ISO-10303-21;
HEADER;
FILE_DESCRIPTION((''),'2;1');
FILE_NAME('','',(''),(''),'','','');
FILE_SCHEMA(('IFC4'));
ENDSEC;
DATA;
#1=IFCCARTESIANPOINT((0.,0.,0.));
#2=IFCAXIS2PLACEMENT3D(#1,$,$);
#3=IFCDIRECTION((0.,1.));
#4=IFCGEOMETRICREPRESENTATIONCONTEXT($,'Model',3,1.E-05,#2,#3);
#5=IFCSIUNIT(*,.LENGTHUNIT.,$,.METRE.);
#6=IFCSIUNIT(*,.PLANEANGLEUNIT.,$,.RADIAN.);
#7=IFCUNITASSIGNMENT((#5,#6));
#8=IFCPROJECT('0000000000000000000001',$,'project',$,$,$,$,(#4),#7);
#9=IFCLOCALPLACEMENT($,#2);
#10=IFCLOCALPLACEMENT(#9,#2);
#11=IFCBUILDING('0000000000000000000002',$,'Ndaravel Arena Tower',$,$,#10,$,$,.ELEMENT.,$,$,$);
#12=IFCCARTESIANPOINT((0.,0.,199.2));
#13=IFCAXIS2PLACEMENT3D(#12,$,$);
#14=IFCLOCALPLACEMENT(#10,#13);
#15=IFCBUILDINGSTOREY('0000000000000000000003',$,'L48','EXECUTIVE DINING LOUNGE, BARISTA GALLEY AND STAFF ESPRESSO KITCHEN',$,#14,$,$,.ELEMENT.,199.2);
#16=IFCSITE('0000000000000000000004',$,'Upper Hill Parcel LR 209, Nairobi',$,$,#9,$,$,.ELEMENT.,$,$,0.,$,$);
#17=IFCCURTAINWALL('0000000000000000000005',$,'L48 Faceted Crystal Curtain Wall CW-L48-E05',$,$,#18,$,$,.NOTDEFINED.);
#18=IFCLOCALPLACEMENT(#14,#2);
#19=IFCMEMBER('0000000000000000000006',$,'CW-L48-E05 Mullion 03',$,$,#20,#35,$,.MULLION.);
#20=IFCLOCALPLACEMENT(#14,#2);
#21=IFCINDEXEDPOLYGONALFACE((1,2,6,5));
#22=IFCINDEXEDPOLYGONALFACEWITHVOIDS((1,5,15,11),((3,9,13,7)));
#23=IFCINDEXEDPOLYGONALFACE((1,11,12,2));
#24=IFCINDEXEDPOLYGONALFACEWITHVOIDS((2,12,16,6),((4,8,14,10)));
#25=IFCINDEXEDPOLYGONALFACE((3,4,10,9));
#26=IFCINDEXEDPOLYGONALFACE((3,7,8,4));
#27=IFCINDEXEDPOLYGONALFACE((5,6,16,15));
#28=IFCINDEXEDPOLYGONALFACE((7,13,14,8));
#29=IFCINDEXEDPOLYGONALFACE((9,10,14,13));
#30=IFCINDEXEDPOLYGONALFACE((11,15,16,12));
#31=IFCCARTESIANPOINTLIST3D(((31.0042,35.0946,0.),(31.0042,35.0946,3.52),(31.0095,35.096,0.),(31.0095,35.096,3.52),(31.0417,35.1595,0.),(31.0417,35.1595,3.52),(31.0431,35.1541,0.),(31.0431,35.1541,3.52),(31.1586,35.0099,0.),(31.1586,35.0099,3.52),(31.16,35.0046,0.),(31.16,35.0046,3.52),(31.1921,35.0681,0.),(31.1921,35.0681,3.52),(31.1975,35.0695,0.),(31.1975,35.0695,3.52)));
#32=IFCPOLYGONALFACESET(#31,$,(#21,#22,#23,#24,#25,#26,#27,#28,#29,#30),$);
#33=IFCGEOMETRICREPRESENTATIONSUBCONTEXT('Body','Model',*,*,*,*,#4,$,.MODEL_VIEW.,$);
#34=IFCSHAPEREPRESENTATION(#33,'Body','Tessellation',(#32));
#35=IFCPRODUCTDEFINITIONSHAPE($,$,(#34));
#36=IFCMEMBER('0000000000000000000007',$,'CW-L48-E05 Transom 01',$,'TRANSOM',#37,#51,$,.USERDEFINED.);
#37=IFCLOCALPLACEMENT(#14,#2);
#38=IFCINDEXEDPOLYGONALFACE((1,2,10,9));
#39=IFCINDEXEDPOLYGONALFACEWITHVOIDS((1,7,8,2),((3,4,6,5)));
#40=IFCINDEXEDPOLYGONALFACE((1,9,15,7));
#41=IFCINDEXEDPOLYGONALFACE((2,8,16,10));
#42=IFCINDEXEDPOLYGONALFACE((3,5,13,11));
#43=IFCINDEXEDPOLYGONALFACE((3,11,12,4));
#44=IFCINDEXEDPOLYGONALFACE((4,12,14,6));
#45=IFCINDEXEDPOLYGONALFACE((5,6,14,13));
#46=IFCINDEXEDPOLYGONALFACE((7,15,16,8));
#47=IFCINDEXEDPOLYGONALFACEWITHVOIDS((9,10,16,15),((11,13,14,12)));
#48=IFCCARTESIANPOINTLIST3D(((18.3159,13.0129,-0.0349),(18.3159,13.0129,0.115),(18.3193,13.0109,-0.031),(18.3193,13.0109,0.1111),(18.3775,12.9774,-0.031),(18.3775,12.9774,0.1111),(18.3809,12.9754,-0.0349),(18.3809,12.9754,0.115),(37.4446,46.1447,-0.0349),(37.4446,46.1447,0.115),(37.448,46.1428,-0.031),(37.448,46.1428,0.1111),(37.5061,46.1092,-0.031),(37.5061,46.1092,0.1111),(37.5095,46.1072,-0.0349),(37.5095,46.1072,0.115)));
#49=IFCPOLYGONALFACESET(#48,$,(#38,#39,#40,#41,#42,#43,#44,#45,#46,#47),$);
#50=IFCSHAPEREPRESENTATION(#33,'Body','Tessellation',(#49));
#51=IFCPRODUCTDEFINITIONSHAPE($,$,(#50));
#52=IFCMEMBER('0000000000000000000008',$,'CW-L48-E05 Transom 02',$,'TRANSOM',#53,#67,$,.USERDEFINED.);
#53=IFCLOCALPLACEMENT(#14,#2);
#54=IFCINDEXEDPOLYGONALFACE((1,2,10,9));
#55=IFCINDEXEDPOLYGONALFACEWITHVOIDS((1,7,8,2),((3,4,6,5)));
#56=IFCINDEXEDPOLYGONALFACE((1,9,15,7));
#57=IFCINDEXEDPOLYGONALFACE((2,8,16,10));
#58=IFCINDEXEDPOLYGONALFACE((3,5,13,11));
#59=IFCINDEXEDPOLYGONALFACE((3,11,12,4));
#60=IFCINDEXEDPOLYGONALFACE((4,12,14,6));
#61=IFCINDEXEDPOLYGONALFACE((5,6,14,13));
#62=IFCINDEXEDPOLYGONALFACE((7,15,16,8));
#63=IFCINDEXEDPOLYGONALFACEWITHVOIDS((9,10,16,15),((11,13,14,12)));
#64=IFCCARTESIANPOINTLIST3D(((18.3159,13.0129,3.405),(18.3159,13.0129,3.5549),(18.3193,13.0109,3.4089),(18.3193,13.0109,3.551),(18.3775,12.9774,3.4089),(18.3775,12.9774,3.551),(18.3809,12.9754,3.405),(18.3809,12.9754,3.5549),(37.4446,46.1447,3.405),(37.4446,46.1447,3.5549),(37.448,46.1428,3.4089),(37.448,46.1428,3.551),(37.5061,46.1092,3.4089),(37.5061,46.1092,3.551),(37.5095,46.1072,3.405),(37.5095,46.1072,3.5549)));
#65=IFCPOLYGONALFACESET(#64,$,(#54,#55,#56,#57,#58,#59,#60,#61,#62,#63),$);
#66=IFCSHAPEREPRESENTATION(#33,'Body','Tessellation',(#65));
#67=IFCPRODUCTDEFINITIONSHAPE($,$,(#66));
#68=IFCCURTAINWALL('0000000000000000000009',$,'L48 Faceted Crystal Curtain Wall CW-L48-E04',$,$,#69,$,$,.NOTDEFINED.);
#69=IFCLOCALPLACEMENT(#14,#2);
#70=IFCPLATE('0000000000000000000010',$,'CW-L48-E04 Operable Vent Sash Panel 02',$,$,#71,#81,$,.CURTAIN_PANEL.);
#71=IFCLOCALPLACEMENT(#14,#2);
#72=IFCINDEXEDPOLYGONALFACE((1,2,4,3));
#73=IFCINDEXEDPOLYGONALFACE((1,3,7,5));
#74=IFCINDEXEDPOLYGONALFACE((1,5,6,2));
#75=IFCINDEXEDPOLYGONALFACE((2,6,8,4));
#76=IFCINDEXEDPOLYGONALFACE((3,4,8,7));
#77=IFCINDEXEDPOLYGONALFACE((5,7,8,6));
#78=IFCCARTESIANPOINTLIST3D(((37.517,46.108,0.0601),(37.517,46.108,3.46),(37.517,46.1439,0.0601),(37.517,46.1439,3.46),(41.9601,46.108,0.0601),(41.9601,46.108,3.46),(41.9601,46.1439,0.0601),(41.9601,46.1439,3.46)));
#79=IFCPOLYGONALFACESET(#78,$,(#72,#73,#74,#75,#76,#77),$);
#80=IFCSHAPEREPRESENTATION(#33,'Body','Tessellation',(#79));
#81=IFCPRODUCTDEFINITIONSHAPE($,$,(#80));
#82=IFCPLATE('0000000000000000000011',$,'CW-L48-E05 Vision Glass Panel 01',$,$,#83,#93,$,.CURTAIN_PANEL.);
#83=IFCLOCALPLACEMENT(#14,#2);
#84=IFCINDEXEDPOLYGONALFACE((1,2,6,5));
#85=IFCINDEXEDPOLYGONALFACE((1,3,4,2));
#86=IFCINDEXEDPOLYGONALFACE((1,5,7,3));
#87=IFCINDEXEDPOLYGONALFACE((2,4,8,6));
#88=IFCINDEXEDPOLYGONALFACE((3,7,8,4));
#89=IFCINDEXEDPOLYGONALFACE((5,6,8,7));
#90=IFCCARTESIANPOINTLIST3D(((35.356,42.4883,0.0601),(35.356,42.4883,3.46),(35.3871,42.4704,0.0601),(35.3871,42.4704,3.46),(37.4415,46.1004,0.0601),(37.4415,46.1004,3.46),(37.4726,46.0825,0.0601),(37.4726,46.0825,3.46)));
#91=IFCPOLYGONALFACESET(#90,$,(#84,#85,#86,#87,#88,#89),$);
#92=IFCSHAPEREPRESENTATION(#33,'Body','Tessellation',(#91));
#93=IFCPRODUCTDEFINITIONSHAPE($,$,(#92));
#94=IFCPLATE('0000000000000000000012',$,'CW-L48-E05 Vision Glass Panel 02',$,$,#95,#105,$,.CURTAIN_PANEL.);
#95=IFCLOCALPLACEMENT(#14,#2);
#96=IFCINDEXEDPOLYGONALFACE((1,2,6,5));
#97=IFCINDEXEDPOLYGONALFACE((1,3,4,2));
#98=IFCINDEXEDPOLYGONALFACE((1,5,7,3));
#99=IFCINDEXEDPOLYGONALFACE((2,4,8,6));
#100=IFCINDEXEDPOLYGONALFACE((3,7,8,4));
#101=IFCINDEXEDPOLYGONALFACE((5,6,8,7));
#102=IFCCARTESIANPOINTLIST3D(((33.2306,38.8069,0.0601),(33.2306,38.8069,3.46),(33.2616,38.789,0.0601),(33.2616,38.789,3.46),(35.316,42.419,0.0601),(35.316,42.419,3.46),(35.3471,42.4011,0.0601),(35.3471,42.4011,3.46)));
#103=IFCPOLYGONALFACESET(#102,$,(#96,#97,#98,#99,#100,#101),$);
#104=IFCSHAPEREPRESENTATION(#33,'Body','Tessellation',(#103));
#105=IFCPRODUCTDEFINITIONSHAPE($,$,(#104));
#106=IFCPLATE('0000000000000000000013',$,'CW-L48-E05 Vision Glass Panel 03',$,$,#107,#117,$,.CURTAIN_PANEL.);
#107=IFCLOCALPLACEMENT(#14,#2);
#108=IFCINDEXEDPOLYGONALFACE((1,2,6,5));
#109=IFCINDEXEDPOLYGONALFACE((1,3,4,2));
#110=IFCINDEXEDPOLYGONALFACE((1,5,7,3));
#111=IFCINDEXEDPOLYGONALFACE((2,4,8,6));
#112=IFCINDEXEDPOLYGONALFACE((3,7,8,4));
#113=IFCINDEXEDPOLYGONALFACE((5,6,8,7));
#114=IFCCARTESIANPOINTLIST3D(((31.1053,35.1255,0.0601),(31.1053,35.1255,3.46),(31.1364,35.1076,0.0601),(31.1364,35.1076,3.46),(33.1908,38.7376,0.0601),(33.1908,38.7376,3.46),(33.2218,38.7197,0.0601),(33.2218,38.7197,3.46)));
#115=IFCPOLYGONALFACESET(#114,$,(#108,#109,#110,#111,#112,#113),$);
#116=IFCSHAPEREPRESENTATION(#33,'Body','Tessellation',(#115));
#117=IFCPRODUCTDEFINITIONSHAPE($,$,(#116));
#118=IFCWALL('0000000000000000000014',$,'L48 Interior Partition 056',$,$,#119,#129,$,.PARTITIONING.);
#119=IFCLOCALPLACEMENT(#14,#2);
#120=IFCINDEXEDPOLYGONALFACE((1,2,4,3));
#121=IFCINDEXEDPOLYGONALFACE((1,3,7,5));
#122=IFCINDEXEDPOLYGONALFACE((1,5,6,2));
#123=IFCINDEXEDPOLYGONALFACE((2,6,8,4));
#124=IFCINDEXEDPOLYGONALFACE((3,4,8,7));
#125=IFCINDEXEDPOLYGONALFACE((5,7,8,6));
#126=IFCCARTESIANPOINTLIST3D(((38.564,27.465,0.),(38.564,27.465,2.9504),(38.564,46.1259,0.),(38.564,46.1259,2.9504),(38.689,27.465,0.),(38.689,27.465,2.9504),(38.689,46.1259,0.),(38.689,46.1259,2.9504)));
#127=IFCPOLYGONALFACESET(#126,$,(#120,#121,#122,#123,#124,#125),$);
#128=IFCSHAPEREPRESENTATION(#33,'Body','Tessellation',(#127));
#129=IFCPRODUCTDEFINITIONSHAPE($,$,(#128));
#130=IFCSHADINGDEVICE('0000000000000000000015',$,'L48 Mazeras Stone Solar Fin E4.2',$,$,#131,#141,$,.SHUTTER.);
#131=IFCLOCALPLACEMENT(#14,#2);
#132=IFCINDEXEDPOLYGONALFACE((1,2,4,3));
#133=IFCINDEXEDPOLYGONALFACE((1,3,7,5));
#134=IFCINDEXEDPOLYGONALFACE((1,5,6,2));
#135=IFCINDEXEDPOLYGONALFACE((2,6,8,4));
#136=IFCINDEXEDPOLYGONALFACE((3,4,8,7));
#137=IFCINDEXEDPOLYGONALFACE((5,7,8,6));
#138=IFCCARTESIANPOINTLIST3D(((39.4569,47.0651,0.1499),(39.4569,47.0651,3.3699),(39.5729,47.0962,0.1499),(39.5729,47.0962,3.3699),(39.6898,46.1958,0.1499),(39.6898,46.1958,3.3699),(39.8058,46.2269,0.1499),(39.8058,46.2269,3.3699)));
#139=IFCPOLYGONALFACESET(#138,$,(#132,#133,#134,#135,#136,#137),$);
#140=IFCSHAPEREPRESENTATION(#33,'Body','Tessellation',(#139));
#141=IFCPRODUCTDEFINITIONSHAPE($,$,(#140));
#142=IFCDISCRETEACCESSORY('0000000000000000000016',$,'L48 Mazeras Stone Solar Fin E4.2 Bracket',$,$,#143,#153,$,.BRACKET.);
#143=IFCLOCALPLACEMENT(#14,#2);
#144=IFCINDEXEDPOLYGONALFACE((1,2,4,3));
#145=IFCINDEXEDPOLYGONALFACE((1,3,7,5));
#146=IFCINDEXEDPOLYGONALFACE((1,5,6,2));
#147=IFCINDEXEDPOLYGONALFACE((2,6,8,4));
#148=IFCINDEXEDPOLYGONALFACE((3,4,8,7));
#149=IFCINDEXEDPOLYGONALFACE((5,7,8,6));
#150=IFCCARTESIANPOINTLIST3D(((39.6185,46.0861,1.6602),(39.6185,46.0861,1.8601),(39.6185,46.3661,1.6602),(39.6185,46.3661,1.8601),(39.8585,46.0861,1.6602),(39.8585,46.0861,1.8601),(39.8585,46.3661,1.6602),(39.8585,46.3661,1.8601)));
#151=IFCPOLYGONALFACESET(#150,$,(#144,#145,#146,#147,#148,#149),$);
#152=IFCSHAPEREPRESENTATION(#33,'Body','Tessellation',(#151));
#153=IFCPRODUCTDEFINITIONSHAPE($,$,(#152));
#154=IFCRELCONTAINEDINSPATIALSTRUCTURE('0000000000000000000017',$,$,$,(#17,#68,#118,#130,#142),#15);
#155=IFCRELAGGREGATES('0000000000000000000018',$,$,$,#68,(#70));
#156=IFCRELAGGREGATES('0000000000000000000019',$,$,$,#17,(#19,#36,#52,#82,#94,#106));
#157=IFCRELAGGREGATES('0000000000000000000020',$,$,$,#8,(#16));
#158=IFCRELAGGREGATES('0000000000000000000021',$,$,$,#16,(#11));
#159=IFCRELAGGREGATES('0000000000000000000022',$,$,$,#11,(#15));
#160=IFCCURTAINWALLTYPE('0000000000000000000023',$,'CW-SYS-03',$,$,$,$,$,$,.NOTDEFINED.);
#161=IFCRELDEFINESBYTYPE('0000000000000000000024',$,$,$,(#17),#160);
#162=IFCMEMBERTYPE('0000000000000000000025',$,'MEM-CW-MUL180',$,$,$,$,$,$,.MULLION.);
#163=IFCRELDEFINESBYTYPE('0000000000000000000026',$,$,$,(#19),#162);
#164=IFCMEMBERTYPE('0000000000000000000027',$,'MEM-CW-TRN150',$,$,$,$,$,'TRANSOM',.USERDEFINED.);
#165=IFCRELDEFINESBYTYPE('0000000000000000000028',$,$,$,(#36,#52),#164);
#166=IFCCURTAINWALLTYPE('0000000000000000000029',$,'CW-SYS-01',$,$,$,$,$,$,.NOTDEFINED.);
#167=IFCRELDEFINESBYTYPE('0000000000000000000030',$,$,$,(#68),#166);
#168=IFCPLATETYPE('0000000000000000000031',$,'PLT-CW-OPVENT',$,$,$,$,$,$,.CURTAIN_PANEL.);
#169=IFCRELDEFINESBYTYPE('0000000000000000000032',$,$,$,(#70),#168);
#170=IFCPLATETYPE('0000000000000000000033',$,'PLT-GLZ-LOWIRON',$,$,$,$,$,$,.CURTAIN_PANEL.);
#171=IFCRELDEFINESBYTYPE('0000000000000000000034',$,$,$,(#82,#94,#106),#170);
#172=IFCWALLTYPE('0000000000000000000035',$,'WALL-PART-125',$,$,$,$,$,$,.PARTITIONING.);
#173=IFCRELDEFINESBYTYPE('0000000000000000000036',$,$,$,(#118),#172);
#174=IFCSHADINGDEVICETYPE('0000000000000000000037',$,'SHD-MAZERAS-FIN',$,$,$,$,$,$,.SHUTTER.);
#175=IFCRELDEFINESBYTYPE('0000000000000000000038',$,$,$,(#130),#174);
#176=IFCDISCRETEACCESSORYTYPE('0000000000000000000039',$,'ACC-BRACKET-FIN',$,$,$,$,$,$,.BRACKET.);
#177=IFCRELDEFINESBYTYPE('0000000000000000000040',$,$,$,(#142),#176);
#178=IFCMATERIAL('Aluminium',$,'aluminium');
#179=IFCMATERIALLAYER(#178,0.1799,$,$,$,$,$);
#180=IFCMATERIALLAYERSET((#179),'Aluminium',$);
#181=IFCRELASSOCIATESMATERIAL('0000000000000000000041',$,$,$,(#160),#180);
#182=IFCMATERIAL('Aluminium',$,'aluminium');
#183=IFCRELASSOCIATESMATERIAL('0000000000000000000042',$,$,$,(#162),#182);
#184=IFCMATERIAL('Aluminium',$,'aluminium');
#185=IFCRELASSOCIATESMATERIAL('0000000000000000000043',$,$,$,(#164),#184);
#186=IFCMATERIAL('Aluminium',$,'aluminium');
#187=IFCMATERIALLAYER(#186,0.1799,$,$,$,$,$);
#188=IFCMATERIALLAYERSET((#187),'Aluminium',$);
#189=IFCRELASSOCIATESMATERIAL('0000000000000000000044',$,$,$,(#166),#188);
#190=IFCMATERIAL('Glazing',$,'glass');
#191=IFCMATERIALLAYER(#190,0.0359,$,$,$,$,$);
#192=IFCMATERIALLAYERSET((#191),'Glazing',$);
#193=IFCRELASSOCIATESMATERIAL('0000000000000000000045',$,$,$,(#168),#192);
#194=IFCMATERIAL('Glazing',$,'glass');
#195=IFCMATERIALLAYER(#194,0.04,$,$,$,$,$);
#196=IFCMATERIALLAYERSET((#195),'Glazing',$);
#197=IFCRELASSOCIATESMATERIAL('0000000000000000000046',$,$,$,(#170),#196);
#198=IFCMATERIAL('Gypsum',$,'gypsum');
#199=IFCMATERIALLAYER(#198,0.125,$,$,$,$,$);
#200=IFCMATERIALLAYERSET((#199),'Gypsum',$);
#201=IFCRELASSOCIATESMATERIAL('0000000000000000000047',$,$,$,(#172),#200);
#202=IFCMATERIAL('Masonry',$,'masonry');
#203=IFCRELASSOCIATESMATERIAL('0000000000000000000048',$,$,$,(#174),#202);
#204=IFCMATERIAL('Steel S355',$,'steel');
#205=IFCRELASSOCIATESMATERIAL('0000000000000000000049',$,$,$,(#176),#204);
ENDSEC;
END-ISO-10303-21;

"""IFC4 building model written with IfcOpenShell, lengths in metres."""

from ifc_helpers import new_model, si_unit, direction, frame, frame_2d, origin, origin_2d, place, context, subcontext, project, spatial, rectangle, hollow_rectangle, extrude, material, layer, layer_set, material_profile, profile_set, type_object, element, aggregate, save


model = new_model("IFC4")

# Units and contexts
model_context = context("Model", 3, precision=1e-05, world=origin(), true_north=direction((0.0, 1.0)))
body_context = subcontext(model_context, "Body", "Model", "MODEL_VIEW")
ifc_project = project(units=[si_unit("LENGTHUNIT", "METRE"), si_unit("PLANEANGLEUNIT", "RADIAN")], contexts=[model_context])

# Site, building, storey
site_placement = place(None, origin())
site = spatial("IfcSite", under=ifc_project, at=site_placement, Name="Upper Hill Parcel LR 209, Nairobi", CompositionType="ELEMENT", RefElevation=0.0)
building_placement = place(site_placement, origin())
building = spatial("IfcBuilding", under=site, at=building_placement, Name="Ndaravel Arena Tower", CompositionType="ELEMENT")
storey_placement = place(building_placement, frame((0.0, 0.0, 199.2)))
storey = spatial("IfcBuildingStorey", under=building, at=storey_placement, Name="L48", Description="EXECUTIVE DINING LOUNGE, BARISTA GALLEY AND STAFF ESPRESSO KITCHEN", CompositionType="ELEMENT", Elevation=199.2)

# Curtain wall, members
ifc_material_1 = material(Name="Aluminium", Category="aluminium")
ifc_layer_1 = layer(ifc_material_1, 0.1799)
ifc_layer_set_1 = layer_set([ifc_layer_1], Name="Aluminium")
curtain_wall_type_1 = type_object("IfcCurtainWallType", Name="CW-SYS-03", PredefinedType="NOTDEFINED", material=ifc_layer_set_1)
curtain_wall_1_placement = place(storey_placement, origin())
curtain_wall_1 = element("IfcCurtainWall", 1, at=curtain_wall_1_placement, inside=storey, type_object=curtain_wall_type_1, Name="L48 Faceted Crystal Curtain Wall CW-L48-E05", PredefinedType="NOTDEFINED")
ifc_material_2 = material(Name="Aluminium", Category="aluminium")
ifc_material_profile_1 = material_profile(ifc_material_2, hollow_rectangle(XDim=0.075, YDim=0.1799, WallThickness=0.0039, at=origin_2d()), Name="CW MULLION 75x180x4")
ifc_profile_set_1 = profile_set([ifc_material_profile_1], Name="Aluminium")
member_type_1 = type_object("IfcMemberType", Name="MEM-CW-MUL180", PredefinedType="MULLION", material=ifc_profile_set_1)
member_1_placement = place(storey_placement, frame((31.1008, 35.082, 0.0), z_axis=(0.0, 0.0, 1.0), x_axis=(-0.5, -0.866025, 0.0)))
member_1 = element("IfcMember", 2, at=member_1_placement, type_object=member_type_1, Name="CW-L48-E05 Mullion 03", PredefinedType="MULLION", context=body_context, shape_type="SweptSolid", body=[
    extrude(hollow_rectangle(XDim=0.075, YDim=0.1799, WallThickness=0.0039, at=origin_2d()), origin(), (0.0, 0.0, 1.0), 3.52),
])
ifc_material_3 = material(Name="Aluminium", Category="aluminium")
ifc_material_profile_2 = material_profile(ifc_material_3, hollow_rectangle(XDim=0.075, YDim=0.1499, WallThickness=0.0039, at=origin_2d()), Name="CW TRANSOM 75x150x4")
ifc_profile_set_2 = profile_set([ifc_material_profile_2], Name="Aluminium")
member_type_2 = type_object("IfcMemberType", Name="MEM-CW-TRN150", ElementType="TRANSOM", PredefinedType="USERDEFINED", material=ifc_profile_set_2)
member_2_placement = place(storey_placement, frame((37.4771, 46.126, 0.04), z_axis=(-0.5, -0.866026, 0.0), x_axis=(0.866026, -0.5, 0.0)))
member_2 = element("IfcMember", 3, at=member_2_placement, type_object=member_type_2, Name="CW-L48-E05 Transom 01", ObjectType="TRANSOM", PredefinedType="USERDEFINED", context=body_context, shape_type="SweptSolid", body=[
    extrude(hollow_rectangle(XDim=0.075, YDim=0.1499, WallThickness=0.0039, at=origin_2d()), origin(), (0.0, 0.0, 1.0), 38.2573),
])
member_3_placement = place(storey_placement, frame((37.4771, 46.126, 3.48), z_axis=(-0.5, -0.866026, 0.0), x_axis=(0.866026, -0.5, 0.0)))
member_3 = element("IfcMember", 4, at=member_3_placement, type_object=member_type_2, Name="CW-L48-E05 Transom 02", ObjectType="TRANSOM", PredefinedType="USERDEFINED", context=body_context, shape_type="SweptSolid", body=[
    extrude(hollow_rectangle(XDim=0.075, YDim=0.1499, WallThickness=0.0039, at=origin_2d()), origin(), (0.0, 0.0, 1.0), 38.2573),
])

# Curtain wall, plate
ifc_material_4 = material(Name="Aluminium", Category="aluminium")
ifc_layer_2 = layer(ifc_material_4, 0.1799)
ifc_layer_set_2 = layer_set([ifc_layer_2], Name="Aluminium")
curtain_wall_type_2 = type_object("IfcCurtainWallType", Name="CW-SYS-01", PredefinedType="NOTDEFINED", material=ifc_layer_set_2)
curtain_wall_2_placement = place(storey_placement, origin())
curtain_wall_2 = element("IfcCurtainWall", 5, at=curtain_wall_2_placement, inside=storey, type_object=curtain_wall_type_2, Name="L48 Faceted Crystal Curtain Wall CW-L48-E04", PredefinedType="NOTDEFINED")
ifc_material_5 = material(Name="Glazing", Category="glass")
ifc_layer_3 = layer(ifc_material_5, 0.0359)
ifc_layer_set_3 = layer_set([ifc_layer_3], Name="Glazing")
plate_type_1 = type_object("IfcPlateType", Name="PLT-CW-OPVENT", PredefinedType="CURTAIN_PANEL", material=ifc_layer_set_3)
plate_1_placement = place(storey_placement, frame((39.7385, 46.126, 0.0601), z_axis=(0.0, 0.0, 1.0), x_axis=(-1.0, 0.0, 0.0)))
plate_1 = element("IfcPlate", 6, at=plate_1_placement, type_object=plate_type_1, Name="CW-L48-E04 Operable Vent Sash Panel 02", PredefinedType="CURTAIN_PANEL", context=body_context, shape_type="SweptSolid", body=[
    extrude(rectangle(XDim=4.4431, YDim=0.0359, at=origin_2d()), origin(), (0.0, 0.0, 1.0), 3.3999),
])
aggregate(curtain_wall_2, [plate_1])

# Plates
ifc_material_6 = material(Name="Glazing", Category="glass")
ifc_layer_4 = layer(ifc_material_6, 0.04)
ifc_layer_set_4 = layer_set([ifc_layer_4], Name="Glazing")
plate_type_2 = type_object("IfcPlateType", Name="PLT-GLZ-LOWIRON", PredefinedType="CURTAIN_PANEL", material=ifc_layer_set_4)
plate_2_placement = place(storey_placement, frame((36.4143, 44.2854, 0.0601), z_axis=(0.0, 0.0, 1.0), x_axis=(-0.5, -0.866025, 0.0)))
plate_2 = element("IfcPlate", 7, at=plate_2_placement, type_object=plate_type_2, Name="CW-L48-E05 Vision Glass Panel 01", PredefinedType="CURTAIN_PANEL", context=body_context, shape_type="SweptSolid", body=[
    extrude(rectangle(XDim=4.1709, YDim=0.0359, at=origin_2d()), origin(), (0.0, 0.0, 1.0), 3.3999),
])
plate_3_placement = place(storey_placement, frame((34.2888, 40.604, 0.0601), z_axis=(0.0, 0.0, 1.0), x_axis=(-0.5, -0.866025, 0.0)))
plate_3 = element("IfcPlate", 8, at=plate_3_placement, type_object=plate_type_2, Name="CW-L48-E05 Vision Glass Panel 02", PredefinedType="CURTAIN_PANEL", context=body_context, shape_type="SweptSolid", body=[
    extrude(rectangle(XDim=4.1709, YDim=0.0359, at=origin_2d()), origin(), (0.0, 0.0, 1.0), 3.3999),
])
plate_4_placement = place(storey_placement, frame((32.1636, 36.9226, 0.0601), z_axis=(0.0, 0.0, 1.0), x_axis=(-0.5, -0.866025, 0.0)))
plate_4 = element("IfcPlate", 9, at=plate_4_placement, type_object=plate_type_2, Name="CW-L48-E05 Vision Glass Panel 03", PredefinedType="CURTAIN_PANEL", context=body_context, shape_type="SweptSolid", body=[
    extrude(rectangle(XDim=4.1709, YDim=0.0359, at=origin_2d()), origin(), (0.0, 0.0, 1.0), 3.3999),
])
aggregate(curtain_wall_1, [member_1, member_2, member_3, plate_2, plate_3, plate_4])

# Wall
ifc_material_7 = material(Name="Gypsum", Category="gypsum")
ifc_layer_5 = layer(ifc_material_7, 0.125)
ifc_layer_set_5 = layer_set([ifc_layer_5], Name="Gypsum")
wall_type = type_object("IfcWallType", Name="WALL-PART-125", PredefinedType="PARTITIONING", material=ifc_layer_set_5)
wall_placement = place(storey_placement, frame((38.6265, 46.126, 0.0), z_axis=(0.0, 0.0, 1.0), x_axis=(0.0, -1.0, 0.0)))
element("IfcWall", 10, at=wall_placement, inside=storey, type_object=wall_type, Name="L48 Interior Partition 056", PredefinedType="PARTITIONING", context=body_context, shape_type="SweptSolid", body=[
    extrude(rectangle(XDim=18.6609, YDim=0.125, at=frame_2d((9.3306, 0.0))), origin(), (0.0, 0.0, 1.0), 2.9504),
])

# Shading device
ifc_material_8 = material(Name="Masonry", Category="masonry")
shading_device_type = type_object("IfcShadingDeviceType", Name="SHD-MAZERAS-FIN", PredefinedType="SHUTTER", material=ifc_material_8)
shading_device_placement = place(storey_placement, frame((39.6313, 46.646, 0.1499), z_axis=(0.0, 0.0, 1.0), x_axis=(-0.258819, 0.965926, 0.0)))
element("IfcShadingDevice", 11, at=shading_device_placement, inside=storey, type_object=shading_device_type, Name="L48 Mazeras Stone Solar Fin E4.2", PredefinedType="SHUTTER", context=body_context, shape_type="SweptSolid", body=[
    extrude(rectangle(XDim=0.8999, YDim=0.1201, at=origin_2d()), origin(), (0.0, 0.0, 1.0), 3.22),
])

# Discrete accessory
ifc_material_9 = material(Name="Steel S355", Category="steel")
discrete_accessory_type = type_object("IfcDiscreteAccessoryType", Name="ACC-BRACKET-FIN", PredefinedType="BRACKET", material=ifc_material_9)
discrete_accessory_placement = place(storey_placement, frame((39.7385, 46.2261, 1.6602), z_axis=(0.0, 0.0, 1.0), x_axis=(0.0, 1.0, 0.0)))
element("IfcDiscreteAccessory", 12, at=discrete_accessory_placement, inside=storey, type_object=discrete_accessory_type, Name="L48 Mazeras Stone Solar Fin E4.2 Bracket", PredefinedType="BRACKET", context=body_context, shape_type="SweptSolid", body=[
    extrude(rectangle(XDim=0.28, YDim=0.24, at=origin_2d()), origin(), (0.0, 0.0, 1.0), 0.2),
])

save(model, "model.ifc")
